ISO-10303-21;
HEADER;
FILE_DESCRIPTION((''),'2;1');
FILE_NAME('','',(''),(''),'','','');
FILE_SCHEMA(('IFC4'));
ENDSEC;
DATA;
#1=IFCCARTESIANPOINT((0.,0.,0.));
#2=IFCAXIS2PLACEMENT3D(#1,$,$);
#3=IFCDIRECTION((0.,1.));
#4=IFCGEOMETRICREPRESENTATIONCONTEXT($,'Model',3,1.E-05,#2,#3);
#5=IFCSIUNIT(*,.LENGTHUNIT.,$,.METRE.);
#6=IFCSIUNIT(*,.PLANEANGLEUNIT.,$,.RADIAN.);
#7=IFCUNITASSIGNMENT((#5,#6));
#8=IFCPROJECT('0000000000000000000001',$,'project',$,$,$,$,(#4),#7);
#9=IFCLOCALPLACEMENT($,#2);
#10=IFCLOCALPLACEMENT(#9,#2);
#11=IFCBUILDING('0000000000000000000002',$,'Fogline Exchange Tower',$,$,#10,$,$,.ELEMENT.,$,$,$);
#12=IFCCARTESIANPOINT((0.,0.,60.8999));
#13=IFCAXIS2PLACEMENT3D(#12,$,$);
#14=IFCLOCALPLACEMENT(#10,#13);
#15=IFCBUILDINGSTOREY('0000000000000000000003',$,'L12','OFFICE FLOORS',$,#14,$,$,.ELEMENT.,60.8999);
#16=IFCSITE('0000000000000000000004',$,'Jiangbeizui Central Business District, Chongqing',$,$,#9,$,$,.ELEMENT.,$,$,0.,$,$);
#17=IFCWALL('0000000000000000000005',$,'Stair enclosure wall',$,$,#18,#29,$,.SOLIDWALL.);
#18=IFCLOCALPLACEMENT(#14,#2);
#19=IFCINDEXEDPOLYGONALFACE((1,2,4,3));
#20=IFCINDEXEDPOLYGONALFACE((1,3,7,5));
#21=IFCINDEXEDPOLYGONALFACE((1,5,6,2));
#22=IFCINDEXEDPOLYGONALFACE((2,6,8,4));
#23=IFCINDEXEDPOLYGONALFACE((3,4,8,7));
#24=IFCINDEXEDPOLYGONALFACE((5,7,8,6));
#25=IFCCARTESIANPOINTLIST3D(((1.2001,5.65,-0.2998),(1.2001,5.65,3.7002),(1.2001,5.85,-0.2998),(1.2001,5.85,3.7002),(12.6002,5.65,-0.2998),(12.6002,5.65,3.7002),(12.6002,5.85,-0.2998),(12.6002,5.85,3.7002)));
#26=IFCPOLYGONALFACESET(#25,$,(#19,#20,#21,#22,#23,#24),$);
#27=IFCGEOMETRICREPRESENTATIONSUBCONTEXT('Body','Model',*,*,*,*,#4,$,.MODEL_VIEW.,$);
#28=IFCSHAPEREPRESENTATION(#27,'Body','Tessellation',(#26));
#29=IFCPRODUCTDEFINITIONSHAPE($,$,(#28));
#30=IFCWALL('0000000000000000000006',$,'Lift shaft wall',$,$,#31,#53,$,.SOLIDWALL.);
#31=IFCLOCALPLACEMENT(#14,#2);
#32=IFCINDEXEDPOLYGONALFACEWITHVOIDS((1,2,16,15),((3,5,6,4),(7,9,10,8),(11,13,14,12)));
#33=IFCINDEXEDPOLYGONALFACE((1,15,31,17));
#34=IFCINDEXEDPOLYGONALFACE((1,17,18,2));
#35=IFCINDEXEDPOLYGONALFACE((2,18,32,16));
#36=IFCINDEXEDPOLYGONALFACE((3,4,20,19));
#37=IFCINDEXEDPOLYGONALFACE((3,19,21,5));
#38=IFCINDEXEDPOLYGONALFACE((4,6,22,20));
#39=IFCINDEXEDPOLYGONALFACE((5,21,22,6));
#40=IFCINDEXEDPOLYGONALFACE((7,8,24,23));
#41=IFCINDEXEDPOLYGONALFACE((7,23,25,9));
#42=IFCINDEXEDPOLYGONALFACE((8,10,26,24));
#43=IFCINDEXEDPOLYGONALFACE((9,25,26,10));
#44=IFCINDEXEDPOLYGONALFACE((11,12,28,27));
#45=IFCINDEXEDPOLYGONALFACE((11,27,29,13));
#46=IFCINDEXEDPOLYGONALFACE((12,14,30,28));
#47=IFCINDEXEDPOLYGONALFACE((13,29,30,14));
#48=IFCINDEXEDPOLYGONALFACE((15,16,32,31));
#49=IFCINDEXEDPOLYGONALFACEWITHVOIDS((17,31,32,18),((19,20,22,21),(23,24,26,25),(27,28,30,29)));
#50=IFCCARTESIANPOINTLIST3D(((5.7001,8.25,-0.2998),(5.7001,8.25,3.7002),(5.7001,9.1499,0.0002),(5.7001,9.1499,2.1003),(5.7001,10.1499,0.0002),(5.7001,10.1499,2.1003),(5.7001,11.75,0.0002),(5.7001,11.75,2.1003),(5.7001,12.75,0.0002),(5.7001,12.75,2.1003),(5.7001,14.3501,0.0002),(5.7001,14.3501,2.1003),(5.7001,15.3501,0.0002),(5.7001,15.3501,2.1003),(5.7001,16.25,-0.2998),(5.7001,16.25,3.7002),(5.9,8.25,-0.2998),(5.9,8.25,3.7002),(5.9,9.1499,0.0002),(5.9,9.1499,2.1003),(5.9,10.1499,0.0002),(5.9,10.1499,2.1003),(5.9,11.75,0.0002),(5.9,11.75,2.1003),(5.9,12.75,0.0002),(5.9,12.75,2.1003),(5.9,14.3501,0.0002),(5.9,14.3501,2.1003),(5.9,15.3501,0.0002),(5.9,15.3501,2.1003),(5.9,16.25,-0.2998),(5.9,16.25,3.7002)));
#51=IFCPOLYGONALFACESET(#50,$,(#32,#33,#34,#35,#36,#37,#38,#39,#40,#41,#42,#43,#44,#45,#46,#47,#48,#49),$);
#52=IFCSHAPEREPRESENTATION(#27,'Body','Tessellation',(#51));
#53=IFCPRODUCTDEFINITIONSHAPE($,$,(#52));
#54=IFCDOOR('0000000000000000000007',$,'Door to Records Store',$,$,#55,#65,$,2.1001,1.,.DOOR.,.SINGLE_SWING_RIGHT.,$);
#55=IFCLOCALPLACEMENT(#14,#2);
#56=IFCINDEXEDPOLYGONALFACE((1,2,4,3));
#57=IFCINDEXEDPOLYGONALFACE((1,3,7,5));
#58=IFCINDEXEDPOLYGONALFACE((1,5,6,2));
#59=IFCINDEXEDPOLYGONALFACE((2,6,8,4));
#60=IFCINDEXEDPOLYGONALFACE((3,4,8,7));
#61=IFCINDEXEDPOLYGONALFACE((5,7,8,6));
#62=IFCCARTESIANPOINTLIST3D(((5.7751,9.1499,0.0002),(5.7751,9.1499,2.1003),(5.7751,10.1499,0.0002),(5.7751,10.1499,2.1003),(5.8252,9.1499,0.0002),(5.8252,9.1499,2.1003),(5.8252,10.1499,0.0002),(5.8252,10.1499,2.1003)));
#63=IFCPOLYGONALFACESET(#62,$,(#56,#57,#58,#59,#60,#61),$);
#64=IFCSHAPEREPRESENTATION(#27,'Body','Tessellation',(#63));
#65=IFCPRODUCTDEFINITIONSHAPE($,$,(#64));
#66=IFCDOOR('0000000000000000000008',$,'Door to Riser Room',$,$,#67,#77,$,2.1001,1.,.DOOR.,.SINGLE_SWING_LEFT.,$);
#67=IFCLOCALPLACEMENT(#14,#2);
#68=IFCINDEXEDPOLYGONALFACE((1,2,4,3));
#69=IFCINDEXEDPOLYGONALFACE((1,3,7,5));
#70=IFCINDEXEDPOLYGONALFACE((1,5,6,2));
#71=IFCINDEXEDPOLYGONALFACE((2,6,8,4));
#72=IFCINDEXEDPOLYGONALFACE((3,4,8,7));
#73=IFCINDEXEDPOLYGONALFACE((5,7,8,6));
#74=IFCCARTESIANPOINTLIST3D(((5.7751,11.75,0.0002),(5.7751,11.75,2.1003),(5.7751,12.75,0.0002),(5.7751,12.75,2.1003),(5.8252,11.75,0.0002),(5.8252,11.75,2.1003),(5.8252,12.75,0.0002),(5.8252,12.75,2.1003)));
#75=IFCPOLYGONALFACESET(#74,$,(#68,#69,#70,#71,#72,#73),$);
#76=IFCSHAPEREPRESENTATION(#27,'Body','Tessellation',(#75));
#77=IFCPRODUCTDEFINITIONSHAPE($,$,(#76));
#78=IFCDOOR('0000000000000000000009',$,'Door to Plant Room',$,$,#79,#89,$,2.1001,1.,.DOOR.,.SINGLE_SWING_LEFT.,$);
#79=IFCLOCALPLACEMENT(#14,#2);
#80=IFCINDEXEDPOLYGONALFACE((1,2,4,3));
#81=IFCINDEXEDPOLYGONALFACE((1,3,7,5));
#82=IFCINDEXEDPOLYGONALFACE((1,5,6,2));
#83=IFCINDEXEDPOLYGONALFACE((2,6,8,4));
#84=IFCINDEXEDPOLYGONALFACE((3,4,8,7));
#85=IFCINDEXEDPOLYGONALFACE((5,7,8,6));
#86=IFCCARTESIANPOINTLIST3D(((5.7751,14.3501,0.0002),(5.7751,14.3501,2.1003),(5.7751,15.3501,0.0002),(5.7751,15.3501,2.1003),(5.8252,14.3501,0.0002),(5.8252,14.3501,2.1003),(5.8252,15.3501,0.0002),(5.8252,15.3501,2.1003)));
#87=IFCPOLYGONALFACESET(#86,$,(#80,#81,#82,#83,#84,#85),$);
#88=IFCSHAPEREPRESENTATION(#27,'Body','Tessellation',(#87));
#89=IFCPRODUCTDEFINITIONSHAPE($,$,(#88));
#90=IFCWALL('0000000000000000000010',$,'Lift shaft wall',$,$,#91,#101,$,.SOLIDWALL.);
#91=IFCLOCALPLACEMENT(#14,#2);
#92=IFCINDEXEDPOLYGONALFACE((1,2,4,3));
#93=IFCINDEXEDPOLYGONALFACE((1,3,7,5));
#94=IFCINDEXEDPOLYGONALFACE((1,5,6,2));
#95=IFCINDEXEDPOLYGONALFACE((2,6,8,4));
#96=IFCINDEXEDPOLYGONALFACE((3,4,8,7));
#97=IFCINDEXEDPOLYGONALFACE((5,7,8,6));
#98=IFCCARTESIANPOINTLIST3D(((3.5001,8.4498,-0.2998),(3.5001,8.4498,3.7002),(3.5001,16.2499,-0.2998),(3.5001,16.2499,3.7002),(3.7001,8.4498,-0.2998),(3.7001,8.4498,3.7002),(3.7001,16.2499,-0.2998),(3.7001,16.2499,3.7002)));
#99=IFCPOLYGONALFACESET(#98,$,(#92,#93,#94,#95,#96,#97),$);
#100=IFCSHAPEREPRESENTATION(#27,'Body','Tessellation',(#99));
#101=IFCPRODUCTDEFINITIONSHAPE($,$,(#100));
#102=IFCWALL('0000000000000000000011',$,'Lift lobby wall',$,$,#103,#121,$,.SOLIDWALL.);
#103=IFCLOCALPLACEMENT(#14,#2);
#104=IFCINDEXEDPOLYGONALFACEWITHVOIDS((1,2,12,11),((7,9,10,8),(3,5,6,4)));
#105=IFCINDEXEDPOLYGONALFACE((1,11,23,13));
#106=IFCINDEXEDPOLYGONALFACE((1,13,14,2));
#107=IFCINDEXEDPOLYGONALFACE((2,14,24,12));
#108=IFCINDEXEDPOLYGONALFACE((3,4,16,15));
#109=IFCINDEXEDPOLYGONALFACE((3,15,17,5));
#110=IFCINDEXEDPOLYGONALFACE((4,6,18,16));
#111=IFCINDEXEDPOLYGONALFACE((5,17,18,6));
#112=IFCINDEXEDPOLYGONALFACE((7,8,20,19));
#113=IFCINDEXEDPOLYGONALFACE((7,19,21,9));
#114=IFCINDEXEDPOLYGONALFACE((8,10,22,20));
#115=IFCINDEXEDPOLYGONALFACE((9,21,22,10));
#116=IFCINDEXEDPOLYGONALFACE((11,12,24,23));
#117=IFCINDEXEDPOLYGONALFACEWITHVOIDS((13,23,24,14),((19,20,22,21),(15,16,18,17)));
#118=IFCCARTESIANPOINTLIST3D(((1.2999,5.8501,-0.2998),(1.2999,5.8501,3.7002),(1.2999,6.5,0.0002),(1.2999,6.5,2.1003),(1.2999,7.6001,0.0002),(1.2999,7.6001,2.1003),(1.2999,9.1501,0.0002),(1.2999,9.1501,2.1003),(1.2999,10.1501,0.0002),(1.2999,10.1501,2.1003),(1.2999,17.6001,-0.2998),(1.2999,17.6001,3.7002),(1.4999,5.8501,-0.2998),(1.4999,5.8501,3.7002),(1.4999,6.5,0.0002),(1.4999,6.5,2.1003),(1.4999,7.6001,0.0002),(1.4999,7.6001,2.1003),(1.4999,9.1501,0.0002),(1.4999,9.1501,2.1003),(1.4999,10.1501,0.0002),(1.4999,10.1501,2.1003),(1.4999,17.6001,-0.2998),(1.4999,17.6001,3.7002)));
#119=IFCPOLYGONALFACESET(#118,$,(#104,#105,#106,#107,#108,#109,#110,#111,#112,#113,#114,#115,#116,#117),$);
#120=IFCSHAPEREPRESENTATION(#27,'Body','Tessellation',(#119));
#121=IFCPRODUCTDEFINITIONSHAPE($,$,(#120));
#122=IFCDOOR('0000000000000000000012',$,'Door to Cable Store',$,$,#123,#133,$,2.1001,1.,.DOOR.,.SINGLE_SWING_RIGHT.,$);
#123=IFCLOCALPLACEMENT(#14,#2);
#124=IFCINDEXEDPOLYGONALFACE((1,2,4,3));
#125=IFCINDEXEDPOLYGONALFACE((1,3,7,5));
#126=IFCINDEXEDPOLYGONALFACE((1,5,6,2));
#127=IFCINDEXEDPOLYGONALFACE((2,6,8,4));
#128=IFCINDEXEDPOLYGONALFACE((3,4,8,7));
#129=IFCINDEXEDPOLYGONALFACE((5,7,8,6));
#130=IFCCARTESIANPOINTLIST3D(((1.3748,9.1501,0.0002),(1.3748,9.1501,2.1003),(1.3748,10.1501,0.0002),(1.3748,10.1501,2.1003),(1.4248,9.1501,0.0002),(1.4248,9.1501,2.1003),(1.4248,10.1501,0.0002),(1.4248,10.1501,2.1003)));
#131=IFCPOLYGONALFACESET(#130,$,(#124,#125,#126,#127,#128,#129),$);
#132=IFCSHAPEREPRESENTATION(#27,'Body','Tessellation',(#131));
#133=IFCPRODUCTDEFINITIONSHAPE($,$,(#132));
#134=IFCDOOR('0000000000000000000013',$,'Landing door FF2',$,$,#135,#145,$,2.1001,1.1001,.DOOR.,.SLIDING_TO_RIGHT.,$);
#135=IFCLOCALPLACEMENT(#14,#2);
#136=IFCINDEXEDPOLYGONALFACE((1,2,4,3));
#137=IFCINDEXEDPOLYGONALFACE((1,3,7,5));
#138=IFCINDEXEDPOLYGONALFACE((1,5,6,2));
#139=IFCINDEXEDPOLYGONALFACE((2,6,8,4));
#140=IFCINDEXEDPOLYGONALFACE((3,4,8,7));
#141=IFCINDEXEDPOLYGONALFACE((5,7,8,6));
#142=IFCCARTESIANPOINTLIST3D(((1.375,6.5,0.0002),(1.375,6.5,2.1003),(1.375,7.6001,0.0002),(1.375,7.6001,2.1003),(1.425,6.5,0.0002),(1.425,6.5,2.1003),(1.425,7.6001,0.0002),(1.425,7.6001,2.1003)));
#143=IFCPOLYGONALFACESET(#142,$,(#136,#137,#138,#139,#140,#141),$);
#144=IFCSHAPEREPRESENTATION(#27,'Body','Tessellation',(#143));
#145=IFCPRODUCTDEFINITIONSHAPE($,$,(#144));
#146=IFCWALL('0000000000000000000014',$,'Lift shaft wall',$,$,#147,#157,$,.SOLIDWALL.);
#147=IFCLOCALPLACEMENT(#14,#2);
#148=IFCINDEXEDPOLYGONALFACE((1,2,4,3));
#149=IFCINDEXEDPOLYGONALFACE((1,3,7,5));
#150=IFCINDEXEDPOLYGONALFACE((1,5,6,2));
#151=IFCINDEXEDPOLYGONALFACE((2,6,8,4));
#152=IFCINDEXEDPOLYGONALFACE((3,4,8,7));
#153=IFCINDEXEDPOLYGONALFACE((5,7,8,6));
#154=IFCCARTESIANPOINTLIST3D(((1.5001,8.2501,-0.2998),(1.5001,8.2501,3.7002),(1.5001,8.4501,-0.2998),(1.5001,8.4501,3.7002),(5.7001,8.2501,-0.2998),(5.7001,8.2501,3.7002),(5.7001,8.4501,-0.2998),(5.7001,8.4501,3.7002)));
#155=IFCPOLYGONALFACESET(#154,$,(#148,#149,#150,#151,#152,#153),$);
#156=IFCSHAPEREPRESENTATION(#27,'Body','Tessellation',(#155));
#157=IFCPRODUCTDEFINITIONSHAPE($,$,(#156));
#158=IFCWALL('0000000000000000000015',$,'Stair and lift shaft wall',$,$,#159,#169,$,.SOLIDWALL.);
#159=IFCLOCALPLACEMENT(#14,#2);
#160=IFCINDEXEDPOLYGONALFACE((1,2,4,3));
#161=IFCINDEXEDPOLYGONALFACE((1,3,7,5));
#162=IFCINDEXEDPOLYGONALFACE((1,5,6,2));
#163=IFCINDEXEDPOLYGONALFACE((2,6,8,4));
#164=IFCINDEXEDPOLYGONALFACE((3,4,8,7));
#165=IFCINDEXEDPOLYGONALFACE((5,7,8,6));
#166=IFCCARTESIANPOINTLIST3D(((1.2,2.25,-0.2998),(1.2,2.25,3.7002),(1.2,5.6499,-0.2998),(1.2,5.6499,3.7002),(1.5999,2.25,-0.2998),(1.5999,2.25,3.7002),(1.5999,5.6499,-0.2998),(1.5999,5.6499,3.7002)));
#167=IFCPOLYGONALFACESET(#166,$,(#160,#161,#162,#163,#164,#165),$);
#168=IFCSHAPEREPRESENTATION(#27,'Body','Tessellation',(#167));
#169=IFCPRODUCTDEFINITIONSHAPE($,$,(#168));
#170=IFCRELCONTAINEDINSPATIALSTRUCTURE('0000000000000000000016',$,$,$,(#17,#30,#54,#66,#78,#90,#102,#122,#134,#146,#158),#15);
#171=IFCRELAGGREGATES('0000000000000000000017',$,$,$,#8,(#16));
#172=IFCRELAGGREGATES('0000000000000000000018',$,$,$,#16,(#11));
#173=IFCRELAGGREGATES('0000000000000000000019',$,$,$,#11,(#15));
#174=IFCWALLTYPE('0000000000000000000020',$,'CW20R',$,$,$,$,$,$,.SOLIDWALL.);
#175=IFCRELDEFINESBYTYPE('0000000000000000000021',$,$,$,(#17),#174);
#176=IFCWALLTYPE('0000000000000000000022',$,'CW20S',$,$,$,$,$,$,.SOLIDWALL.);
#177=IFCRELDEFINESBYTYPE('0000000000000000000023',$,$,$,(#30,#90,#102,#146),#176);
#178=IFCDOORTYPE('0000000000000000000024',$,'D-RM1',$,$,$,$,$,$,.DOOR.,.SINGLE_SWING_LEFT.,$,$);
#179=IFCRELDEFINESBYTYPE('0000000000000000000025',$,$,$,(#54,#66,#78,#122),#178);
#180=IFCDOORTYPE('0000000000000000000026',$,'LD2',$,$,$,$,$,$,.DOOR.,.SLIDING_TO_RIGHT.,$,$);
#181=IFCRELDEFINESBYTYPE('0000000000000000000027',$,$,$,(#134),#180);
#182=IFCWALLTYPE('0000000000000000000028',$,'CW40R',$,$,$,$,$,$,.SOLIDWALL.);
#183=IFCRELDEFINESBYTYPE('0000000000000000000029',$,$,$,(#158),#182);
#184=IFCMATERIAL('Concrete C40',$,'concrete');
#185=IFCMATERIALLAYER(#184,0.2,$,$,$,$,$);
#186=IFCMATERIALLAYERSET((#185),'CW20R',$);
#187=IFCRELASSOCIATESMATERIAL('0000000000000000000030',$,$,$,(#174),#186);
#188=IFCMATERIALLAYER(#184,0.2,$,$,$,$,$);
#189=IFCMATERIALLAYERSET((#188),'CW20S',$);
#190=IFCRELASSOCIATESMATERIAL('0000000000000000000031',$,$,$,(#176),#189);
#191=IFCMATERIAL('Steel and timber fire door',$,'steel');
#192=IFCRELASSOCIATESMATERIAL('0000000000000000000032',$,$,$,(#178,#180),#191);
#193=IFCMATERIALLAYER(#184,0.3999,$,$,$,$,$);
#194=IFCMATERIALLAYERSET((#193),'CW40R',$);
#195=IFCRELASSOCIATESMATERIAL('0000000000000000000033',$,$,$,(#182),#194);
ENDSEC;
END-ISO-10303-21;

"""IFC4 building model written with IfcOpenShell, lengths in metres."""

from ifc_helpers import new_model, si_unit, direction, frame, frame_2d, origin, place, context, subcontext, project, spatial, rectangle, extrude, material, layer, layer_set, type_object, element, fill, save


model = new_model("IFC4")

# Units and contexts
model_context = context("Model", 3, precision=1e-05, world=origin(), true_north=direction((0.0, 1.0)))
body_context = subcontext(model_context, "Body", "Model", "MODEL_VIEW")
ifc_project = project(units=[si_unit("LENGTHUNIT", "METRE"), si_unit("PLANEANGLEUNIT", "RADIAN")], contexts=[model_context])

# Site, building, storey
site_placement = place(None, origin())
site = spatial("IfcSite", under=ifc_project, at=site_placement, Name="Jiangbeizui Central Business District, Chongqing", CompositionType="ELEMENT", RefElevation=0.0)
building_placement = place(site_placement, origin())
building = spatial("IfcBuilding", under=site, at=building_placement, Name="Fogline Exchange Tower", CompositionType="ELEMENT")
storey_placement = place(building_placement, frame((0.0, 0.0, 60.8999)))
storey = spatial("IfcBuildingStorey", under=building, at=storey_placement, Name="L12", Description="OFFICE FLOORS", CompositionType="ELEMENT", Elevation=60.8999)

# Shared definitions
ifc_material_1 = material(Name="Concrete C40", Category="concrete")

# Shared definitions
ifc_material_2 = material(Name="Steel and timber fire door", Category="steel")

# Wall
ifc_layer_1 = layer(ifc_material_1, 0.2)
ifc_layer_set_1 = layer_set([ifc_layer_1], Name="CW20R")
wall_type_1 = type_object("IfcWallType", Name="CW20R", PredefinedType="SOLIDWALL", material=ifc_layer_set_1)
wall_1_placement = place(storey_placement, frame((1.2, 5.75, -0.2998), z_axis=(0.0, 0.0, 1.0), x_axis=(1.0, 0.0, 0.0)))
element("IfcWall", 1, at=wall_1_placement, inside=storey, type_object=wall_type_1, Name="Stair enclosure wall", PredefinedType="SOLIDWALL", context=body_context, shape_type="SweptSolid", body=[
    extrude(rectangle(XDim=11.4001, YDim=0.2, at=frame_2d((5.7002, 0.0))), origin(), (0.0, 0.0, 1.0), 4.0),
])

# Wall, openings, doors
ifc_layer_2 = layer(ifc_material_1, 0.2)
ifc_layer_set_2 = layer_set([ifc_layer_2], Name="CW20S")
wall_type_2 = type_object("IfcWallType", Name="CW20S", PredefinedType="SOLIDWALL", material=ifc_layer_set_2)
wall_2_placement = place(storey_placement, frame((5.8, 8.25, -0.2998), z_axis=(0.0, 0.0, 1.0), x_axis=(0.0, 1.0, 0.0)))
wall_2 = element("IfcWall", 2, at=wall_2_placement, inside=storey, type_object=wall_type_2, Name="Lift shaft wall", PredefinedType="SOLIDWALL", context=body_context, shape_type="SweptSolid", body=[
    extrude(rectangle(XDim=8.0, YDim=0.2, at=frame_2d((4.0, 0.0))), origin(), (0.0, 0.0, 1.0), 4.0),
])
opening_1_placement = place(wall_2_placement, frame((0.8999, 0.0, 0.3)))
opening_1 = element("IfcOpeningElement", 3, at=opening_1_placement, cuts=wall_2, PredefinedType="OPENING", context=body_context, shape_type="SweptSolid", body=[
    extrude(rectangle(XDim=1.0, YDim=2.1001, at=frame_2d((0.5, 1.05))), frame((0.0, 0.1099, 0.0), z_axis=(0.0, -1.0, 0.0), x_axis=(1.0, 0.0, 0.0)), (0.0, 0.0, 1.0), 0.22),
])
opening_2_placement = place(wall_2_placement, frame((3.5, 0.0, 0.3)))
opening_2 = element("IfcOpeningElement", 4, at=opening_2_placement, cuts=wall_2, PredefinedType="OPENING", context=body_context, shape_type="SweptSolid", body=[
    extrude(rectangle(XDim=1.0, YDim=2.1001, at=frame_2d((0.5, 1.05))), frame((0.0, 0.1099, 0.0), z_axis=(0.0, -1.0, 0.0), x_axis=(1.0, 0.0, 0.0)), (0.0, 0.0, 1.0), 0.22),
])
opening_3_placement = place(wall_2_placement, frame((6.1001, 0.0, 0.3)))
opening_3 = element("IfcOpeningElement", 5, at=opening_3_placement, cuts=wall_2, PredefinedType="OPENING", context=body_context, shape_type="SweptSolid", body=[
    extrude(rectangle(XDim=1.0, YDim=2.1001, at=frame_2d((0.5, 1.05))), frame((0.0, 0.1099, 0.0), z_axis=(0.0, -1.0, 0.0), x_axis=(1.0, 0.0, 0.0)), (0.0, 0.0, 1.0), 0.22),
])
door_type_1 = type_object("IfcDoorType", Name="D-RM1", OperationType="SINGLE_SWING_LEFT", PredefinedType="DOOR", material=ifc_material_2)
door_1_placement = place(opening_1_placement, origin())
door_1 = element("IfcDoor", 6, at=door_1_placement, inside=storey, type_object=door_type_1, Name="Door to Records Store", OperationType="SINGLE_SWING_RIGHT", OverallHeight=2.1001, OverallWidth=1.0, PredefinedType="DOOR", context=body_context, shape_type="SweptSolid", body=[
    extrude(rectangle(XDim=1.0, YDim=2.1001, at=frame_2d((0.5, 1.05))), frame((0.0, 0.0249, 0.0), z_axis=(0.0, -1.0, 0.0), x_axis=(1.0, 0.0, 0.0)), (0.0, 0.0, 1.0), 0.05),
])
fill(opening_1, door_1)
door_2_placement = place(opening_2_placement, origin())
door_2 = element("IfcDoor", 7, at=door_2_placement, inside=storey, type_object=door_type_1, Name="Door to Riser Room", OperationType="SINGLE_SWING_LEFT", OverallHeight=2.1001, OverallWidth=1.0, PredefinedType="DOOR", context=body_context, shape_type="SweptSolid", body=[
    extrude(rectangle(XDim=1.0, YDim=2.1001, at=frame_2d((0.5, 1.05))), frame((0.0, 0.0249, 0.0), z_axis=(0.0, -1.0, 0.0), x_axis=(1.0, 0.0, 0.0)), (0.0, 0.0, 1.0), 0.05),
])
fill(opening_2, door_2)
door_3_placement = place(opening_3_placement, origin())
door_3 = element("IfcDoor", 8, at=door_3_placement, inside=storey, type_object=door_type_1, Name="Door to Plant Room", OperationType="SINGLE_SWING_LEFT", OverallHeight=2.1001, OverallWidth=1.0, PredefinedType="DOOR", context=body_context, shape_type="SweptSolid", body=[
    extrude(rectangle(XDim=1.0, YDim=2.1001, at=frame_2d((0.5, 1.05))), frame((0.0, 0.0249, 0.0), z_axis=(0.0, -1.0, 0.0), x_axis=(1.0, 0.0, 0.0)), (0.0, 0.0, 1.0), 0.05),
])
fill(opening_3, door_3)

# Wall
wall_3_placement = place(storey_placement, frame((3.6001, 8.45, -0.2998), z_axis=(0.0, 0.0, 1.0), x_axis=(0.0, 1.0, 0.0)))
element("IfcWall", 9, at=wall_3_placement, inside=storey, type_object=wall_type_2, Name="Lift shaft wall", PredefinedType="SOLIDWALL", context=body_context, shape_type="SweptSolid", body=[
    extrude(rectangle(XDim=7.8, YDim=0.2, at=frame_2d((3.8999, 0.0))), origin(), (0.0, 0.0, 1.0), 4.0),
])

# Wall, openings, doors
wall_4_placement = place(storey_placement, frame((1.3999, 5.8501, -0.2998), z_axis=(0.0, 0.0, 1.0), x_axis=(0.0, 1.0, 0.0)))
wall_4 = element("IfcWall", 10, at=wall_4_placement, inside=storey, type_object=wall_type_2, Name="Lift lobby wall", PredefinedType="SOLIDWALL", context=body_context, shape_type="SweptSolid", body=[
    extrude(rectangle(XDim=11.75, YDim=0.2, at=frame_2d((5.875, 0.0))), origin(), (0.0, 0.0, 1.0), 4.0),
])
opening_4_placement = place(wall_4_placement, frame((0.6499, 0.0, 0.3)))
opening_4 = element("IfcOpeningElement", 11, at=opening_4_placement, cuts=wall_4, PredefinedType="OPENING", context=body_context, shape_type="SweptSolid", body=[
    extrude(rectangle(XDim=1.1001, YDim=2.1001, at=frame_2d((0.55, 1.05))), frame((0.0, 0.1099, 0.0), z_axis=(0.0, -1.0, 0.0), x_axis=(1.0, 0.0, 0.0)), (0.0, 0.0, 1.0), 0.22),
])
opening_5_placement = place(wall_4_placement, frame((3.3, 0.0, 0.3)))
opening_5 = element("IfcOpeningElement", 12, at=opening_5_placement, cuts=wall_4, PredefinedType="OPENING", context=body_context, shape_type="SweptSolid", body=[
    extrude(rectangle(XDim=1.0, YDim=2.1001, at=frame_2d((0.5, 1.05))), frame((0.0, 0.1099, 0.0), z_axis=(0.0, -1.0, 0.0), x_axis=(1.0, 0.0, 0.0)), (0.0, 0.0, 1.0), 0.22),
])
door_4_placement = place(opening_5_placement, frame((1.0, 0.0, 0.0), z_axis=(0.0, 0.0, 1.0), x_axis=(-1.0, 0.0, 0.0)))
door_4 = element("IfcDoor", 13, at=door_4_placement, inside=storey, type_object=door_type_1, Name="Door to Cable Store", OperationType="SINGLE_SWING_RIGHT", OverallHeight=2.1001, OverallWidth=1.0, PredefinedType="DOOR", context=body_context, shape_type="SweptSolid", body=[
    extrude(rectangle(XDim=1.0, YDim=2.1001, at=frame_2d((0.5, 1.05))), frame((0.0, 0.0249, 0.0), z_axis=(0.0, -1.0, 0.0), x_axis=(1.0, 0.0, 0.0)), (0.0, 0.0, 1.0), 0.05),
])
fill(opening_5, door_4)
door_type_2 = type_object("IfcDoorType", Name="LD2", OperationType="SLIDING_TO_RIGHT", PredefinedType="DOOR", material=ifc_material_2)
door_5_placement = place(opening_4_placement, origin())
door_5 = element("IfcDoor", 14, at=door_5_placement, inside=storey, type_object=door_type_2, Name="Landing door FF2", OperationType="SLIDING_TO_RIGHT", OverallHeight=2.1001, OverallWidth=1.1001, PredefinedType="DOOR", context=body_context, shape_type="SweptSolid", body=[
    extrude(rectangle(XDim=1.1001, YDim=2.1001, at=frame_2d((0.55, 1.05))), frame((0.0, 0.0249, 0.0), z_axis=(0.0, -1.0, 0.0), x_axis=(1.0, 0.0, 0.0)), (0.0, 0.0, 1.0), 0.05),
])
fill(opening_4, door_5)

# Walls
wall_5_placement = place(storey_placement, frame((1.5, 8.3501, -0.2998), z_axis=(0.0, 0.0, 1.0), x_axis=(1.0, 0.0, 0.0)))
element("IfcWall", 15, at=wall_5_placement, inside=storey, type_object=wall_type_2, Name="Lift shaft wall", PredefinedType="SOLIDWALL", context=body_context, shape_type="SweptSolid", body=[
    extrude(rectangle(XDim=4.2, YDim=0.2, at=frame_2d((2.1001, 0.0))), origin(), (0.0, 0.0, 1.0), 4.0),
])
ifc_layer_3 = layer(ifc_material_1, 0.3999)
ifc_layer_set_3 = layer_set([ifc_layer_3], Name="CW40R")
wall_type_3 = type_object("IfcWallType", Name="CW40R", PredefinedType="SOLIDWALL", material=ifc_layer_set_3)
wall_6_placement = place(storey_placement, frame((1.3999, 2.25, -0.2998), z_axis=(0.0, 0.0, 1.0), x_axis=(0.0, 1.0, 0.0)))
element("IfcWall", 16, at=wall_6_placement, inside=storey, type_object=wall_type_3, Name="Stair and lift shaft wall", PredefinedType="SOLIDWALL", context=body_context, shape_type="SweptSolid", body=[
    extrude(rectangle(XDim=3.3999, YDim=0.3999, at=frame_2d((1.7, 0.0))), origin(), (0.0, 0.0, 1.0), 4.0),
])

save(model, "model.ifc")
